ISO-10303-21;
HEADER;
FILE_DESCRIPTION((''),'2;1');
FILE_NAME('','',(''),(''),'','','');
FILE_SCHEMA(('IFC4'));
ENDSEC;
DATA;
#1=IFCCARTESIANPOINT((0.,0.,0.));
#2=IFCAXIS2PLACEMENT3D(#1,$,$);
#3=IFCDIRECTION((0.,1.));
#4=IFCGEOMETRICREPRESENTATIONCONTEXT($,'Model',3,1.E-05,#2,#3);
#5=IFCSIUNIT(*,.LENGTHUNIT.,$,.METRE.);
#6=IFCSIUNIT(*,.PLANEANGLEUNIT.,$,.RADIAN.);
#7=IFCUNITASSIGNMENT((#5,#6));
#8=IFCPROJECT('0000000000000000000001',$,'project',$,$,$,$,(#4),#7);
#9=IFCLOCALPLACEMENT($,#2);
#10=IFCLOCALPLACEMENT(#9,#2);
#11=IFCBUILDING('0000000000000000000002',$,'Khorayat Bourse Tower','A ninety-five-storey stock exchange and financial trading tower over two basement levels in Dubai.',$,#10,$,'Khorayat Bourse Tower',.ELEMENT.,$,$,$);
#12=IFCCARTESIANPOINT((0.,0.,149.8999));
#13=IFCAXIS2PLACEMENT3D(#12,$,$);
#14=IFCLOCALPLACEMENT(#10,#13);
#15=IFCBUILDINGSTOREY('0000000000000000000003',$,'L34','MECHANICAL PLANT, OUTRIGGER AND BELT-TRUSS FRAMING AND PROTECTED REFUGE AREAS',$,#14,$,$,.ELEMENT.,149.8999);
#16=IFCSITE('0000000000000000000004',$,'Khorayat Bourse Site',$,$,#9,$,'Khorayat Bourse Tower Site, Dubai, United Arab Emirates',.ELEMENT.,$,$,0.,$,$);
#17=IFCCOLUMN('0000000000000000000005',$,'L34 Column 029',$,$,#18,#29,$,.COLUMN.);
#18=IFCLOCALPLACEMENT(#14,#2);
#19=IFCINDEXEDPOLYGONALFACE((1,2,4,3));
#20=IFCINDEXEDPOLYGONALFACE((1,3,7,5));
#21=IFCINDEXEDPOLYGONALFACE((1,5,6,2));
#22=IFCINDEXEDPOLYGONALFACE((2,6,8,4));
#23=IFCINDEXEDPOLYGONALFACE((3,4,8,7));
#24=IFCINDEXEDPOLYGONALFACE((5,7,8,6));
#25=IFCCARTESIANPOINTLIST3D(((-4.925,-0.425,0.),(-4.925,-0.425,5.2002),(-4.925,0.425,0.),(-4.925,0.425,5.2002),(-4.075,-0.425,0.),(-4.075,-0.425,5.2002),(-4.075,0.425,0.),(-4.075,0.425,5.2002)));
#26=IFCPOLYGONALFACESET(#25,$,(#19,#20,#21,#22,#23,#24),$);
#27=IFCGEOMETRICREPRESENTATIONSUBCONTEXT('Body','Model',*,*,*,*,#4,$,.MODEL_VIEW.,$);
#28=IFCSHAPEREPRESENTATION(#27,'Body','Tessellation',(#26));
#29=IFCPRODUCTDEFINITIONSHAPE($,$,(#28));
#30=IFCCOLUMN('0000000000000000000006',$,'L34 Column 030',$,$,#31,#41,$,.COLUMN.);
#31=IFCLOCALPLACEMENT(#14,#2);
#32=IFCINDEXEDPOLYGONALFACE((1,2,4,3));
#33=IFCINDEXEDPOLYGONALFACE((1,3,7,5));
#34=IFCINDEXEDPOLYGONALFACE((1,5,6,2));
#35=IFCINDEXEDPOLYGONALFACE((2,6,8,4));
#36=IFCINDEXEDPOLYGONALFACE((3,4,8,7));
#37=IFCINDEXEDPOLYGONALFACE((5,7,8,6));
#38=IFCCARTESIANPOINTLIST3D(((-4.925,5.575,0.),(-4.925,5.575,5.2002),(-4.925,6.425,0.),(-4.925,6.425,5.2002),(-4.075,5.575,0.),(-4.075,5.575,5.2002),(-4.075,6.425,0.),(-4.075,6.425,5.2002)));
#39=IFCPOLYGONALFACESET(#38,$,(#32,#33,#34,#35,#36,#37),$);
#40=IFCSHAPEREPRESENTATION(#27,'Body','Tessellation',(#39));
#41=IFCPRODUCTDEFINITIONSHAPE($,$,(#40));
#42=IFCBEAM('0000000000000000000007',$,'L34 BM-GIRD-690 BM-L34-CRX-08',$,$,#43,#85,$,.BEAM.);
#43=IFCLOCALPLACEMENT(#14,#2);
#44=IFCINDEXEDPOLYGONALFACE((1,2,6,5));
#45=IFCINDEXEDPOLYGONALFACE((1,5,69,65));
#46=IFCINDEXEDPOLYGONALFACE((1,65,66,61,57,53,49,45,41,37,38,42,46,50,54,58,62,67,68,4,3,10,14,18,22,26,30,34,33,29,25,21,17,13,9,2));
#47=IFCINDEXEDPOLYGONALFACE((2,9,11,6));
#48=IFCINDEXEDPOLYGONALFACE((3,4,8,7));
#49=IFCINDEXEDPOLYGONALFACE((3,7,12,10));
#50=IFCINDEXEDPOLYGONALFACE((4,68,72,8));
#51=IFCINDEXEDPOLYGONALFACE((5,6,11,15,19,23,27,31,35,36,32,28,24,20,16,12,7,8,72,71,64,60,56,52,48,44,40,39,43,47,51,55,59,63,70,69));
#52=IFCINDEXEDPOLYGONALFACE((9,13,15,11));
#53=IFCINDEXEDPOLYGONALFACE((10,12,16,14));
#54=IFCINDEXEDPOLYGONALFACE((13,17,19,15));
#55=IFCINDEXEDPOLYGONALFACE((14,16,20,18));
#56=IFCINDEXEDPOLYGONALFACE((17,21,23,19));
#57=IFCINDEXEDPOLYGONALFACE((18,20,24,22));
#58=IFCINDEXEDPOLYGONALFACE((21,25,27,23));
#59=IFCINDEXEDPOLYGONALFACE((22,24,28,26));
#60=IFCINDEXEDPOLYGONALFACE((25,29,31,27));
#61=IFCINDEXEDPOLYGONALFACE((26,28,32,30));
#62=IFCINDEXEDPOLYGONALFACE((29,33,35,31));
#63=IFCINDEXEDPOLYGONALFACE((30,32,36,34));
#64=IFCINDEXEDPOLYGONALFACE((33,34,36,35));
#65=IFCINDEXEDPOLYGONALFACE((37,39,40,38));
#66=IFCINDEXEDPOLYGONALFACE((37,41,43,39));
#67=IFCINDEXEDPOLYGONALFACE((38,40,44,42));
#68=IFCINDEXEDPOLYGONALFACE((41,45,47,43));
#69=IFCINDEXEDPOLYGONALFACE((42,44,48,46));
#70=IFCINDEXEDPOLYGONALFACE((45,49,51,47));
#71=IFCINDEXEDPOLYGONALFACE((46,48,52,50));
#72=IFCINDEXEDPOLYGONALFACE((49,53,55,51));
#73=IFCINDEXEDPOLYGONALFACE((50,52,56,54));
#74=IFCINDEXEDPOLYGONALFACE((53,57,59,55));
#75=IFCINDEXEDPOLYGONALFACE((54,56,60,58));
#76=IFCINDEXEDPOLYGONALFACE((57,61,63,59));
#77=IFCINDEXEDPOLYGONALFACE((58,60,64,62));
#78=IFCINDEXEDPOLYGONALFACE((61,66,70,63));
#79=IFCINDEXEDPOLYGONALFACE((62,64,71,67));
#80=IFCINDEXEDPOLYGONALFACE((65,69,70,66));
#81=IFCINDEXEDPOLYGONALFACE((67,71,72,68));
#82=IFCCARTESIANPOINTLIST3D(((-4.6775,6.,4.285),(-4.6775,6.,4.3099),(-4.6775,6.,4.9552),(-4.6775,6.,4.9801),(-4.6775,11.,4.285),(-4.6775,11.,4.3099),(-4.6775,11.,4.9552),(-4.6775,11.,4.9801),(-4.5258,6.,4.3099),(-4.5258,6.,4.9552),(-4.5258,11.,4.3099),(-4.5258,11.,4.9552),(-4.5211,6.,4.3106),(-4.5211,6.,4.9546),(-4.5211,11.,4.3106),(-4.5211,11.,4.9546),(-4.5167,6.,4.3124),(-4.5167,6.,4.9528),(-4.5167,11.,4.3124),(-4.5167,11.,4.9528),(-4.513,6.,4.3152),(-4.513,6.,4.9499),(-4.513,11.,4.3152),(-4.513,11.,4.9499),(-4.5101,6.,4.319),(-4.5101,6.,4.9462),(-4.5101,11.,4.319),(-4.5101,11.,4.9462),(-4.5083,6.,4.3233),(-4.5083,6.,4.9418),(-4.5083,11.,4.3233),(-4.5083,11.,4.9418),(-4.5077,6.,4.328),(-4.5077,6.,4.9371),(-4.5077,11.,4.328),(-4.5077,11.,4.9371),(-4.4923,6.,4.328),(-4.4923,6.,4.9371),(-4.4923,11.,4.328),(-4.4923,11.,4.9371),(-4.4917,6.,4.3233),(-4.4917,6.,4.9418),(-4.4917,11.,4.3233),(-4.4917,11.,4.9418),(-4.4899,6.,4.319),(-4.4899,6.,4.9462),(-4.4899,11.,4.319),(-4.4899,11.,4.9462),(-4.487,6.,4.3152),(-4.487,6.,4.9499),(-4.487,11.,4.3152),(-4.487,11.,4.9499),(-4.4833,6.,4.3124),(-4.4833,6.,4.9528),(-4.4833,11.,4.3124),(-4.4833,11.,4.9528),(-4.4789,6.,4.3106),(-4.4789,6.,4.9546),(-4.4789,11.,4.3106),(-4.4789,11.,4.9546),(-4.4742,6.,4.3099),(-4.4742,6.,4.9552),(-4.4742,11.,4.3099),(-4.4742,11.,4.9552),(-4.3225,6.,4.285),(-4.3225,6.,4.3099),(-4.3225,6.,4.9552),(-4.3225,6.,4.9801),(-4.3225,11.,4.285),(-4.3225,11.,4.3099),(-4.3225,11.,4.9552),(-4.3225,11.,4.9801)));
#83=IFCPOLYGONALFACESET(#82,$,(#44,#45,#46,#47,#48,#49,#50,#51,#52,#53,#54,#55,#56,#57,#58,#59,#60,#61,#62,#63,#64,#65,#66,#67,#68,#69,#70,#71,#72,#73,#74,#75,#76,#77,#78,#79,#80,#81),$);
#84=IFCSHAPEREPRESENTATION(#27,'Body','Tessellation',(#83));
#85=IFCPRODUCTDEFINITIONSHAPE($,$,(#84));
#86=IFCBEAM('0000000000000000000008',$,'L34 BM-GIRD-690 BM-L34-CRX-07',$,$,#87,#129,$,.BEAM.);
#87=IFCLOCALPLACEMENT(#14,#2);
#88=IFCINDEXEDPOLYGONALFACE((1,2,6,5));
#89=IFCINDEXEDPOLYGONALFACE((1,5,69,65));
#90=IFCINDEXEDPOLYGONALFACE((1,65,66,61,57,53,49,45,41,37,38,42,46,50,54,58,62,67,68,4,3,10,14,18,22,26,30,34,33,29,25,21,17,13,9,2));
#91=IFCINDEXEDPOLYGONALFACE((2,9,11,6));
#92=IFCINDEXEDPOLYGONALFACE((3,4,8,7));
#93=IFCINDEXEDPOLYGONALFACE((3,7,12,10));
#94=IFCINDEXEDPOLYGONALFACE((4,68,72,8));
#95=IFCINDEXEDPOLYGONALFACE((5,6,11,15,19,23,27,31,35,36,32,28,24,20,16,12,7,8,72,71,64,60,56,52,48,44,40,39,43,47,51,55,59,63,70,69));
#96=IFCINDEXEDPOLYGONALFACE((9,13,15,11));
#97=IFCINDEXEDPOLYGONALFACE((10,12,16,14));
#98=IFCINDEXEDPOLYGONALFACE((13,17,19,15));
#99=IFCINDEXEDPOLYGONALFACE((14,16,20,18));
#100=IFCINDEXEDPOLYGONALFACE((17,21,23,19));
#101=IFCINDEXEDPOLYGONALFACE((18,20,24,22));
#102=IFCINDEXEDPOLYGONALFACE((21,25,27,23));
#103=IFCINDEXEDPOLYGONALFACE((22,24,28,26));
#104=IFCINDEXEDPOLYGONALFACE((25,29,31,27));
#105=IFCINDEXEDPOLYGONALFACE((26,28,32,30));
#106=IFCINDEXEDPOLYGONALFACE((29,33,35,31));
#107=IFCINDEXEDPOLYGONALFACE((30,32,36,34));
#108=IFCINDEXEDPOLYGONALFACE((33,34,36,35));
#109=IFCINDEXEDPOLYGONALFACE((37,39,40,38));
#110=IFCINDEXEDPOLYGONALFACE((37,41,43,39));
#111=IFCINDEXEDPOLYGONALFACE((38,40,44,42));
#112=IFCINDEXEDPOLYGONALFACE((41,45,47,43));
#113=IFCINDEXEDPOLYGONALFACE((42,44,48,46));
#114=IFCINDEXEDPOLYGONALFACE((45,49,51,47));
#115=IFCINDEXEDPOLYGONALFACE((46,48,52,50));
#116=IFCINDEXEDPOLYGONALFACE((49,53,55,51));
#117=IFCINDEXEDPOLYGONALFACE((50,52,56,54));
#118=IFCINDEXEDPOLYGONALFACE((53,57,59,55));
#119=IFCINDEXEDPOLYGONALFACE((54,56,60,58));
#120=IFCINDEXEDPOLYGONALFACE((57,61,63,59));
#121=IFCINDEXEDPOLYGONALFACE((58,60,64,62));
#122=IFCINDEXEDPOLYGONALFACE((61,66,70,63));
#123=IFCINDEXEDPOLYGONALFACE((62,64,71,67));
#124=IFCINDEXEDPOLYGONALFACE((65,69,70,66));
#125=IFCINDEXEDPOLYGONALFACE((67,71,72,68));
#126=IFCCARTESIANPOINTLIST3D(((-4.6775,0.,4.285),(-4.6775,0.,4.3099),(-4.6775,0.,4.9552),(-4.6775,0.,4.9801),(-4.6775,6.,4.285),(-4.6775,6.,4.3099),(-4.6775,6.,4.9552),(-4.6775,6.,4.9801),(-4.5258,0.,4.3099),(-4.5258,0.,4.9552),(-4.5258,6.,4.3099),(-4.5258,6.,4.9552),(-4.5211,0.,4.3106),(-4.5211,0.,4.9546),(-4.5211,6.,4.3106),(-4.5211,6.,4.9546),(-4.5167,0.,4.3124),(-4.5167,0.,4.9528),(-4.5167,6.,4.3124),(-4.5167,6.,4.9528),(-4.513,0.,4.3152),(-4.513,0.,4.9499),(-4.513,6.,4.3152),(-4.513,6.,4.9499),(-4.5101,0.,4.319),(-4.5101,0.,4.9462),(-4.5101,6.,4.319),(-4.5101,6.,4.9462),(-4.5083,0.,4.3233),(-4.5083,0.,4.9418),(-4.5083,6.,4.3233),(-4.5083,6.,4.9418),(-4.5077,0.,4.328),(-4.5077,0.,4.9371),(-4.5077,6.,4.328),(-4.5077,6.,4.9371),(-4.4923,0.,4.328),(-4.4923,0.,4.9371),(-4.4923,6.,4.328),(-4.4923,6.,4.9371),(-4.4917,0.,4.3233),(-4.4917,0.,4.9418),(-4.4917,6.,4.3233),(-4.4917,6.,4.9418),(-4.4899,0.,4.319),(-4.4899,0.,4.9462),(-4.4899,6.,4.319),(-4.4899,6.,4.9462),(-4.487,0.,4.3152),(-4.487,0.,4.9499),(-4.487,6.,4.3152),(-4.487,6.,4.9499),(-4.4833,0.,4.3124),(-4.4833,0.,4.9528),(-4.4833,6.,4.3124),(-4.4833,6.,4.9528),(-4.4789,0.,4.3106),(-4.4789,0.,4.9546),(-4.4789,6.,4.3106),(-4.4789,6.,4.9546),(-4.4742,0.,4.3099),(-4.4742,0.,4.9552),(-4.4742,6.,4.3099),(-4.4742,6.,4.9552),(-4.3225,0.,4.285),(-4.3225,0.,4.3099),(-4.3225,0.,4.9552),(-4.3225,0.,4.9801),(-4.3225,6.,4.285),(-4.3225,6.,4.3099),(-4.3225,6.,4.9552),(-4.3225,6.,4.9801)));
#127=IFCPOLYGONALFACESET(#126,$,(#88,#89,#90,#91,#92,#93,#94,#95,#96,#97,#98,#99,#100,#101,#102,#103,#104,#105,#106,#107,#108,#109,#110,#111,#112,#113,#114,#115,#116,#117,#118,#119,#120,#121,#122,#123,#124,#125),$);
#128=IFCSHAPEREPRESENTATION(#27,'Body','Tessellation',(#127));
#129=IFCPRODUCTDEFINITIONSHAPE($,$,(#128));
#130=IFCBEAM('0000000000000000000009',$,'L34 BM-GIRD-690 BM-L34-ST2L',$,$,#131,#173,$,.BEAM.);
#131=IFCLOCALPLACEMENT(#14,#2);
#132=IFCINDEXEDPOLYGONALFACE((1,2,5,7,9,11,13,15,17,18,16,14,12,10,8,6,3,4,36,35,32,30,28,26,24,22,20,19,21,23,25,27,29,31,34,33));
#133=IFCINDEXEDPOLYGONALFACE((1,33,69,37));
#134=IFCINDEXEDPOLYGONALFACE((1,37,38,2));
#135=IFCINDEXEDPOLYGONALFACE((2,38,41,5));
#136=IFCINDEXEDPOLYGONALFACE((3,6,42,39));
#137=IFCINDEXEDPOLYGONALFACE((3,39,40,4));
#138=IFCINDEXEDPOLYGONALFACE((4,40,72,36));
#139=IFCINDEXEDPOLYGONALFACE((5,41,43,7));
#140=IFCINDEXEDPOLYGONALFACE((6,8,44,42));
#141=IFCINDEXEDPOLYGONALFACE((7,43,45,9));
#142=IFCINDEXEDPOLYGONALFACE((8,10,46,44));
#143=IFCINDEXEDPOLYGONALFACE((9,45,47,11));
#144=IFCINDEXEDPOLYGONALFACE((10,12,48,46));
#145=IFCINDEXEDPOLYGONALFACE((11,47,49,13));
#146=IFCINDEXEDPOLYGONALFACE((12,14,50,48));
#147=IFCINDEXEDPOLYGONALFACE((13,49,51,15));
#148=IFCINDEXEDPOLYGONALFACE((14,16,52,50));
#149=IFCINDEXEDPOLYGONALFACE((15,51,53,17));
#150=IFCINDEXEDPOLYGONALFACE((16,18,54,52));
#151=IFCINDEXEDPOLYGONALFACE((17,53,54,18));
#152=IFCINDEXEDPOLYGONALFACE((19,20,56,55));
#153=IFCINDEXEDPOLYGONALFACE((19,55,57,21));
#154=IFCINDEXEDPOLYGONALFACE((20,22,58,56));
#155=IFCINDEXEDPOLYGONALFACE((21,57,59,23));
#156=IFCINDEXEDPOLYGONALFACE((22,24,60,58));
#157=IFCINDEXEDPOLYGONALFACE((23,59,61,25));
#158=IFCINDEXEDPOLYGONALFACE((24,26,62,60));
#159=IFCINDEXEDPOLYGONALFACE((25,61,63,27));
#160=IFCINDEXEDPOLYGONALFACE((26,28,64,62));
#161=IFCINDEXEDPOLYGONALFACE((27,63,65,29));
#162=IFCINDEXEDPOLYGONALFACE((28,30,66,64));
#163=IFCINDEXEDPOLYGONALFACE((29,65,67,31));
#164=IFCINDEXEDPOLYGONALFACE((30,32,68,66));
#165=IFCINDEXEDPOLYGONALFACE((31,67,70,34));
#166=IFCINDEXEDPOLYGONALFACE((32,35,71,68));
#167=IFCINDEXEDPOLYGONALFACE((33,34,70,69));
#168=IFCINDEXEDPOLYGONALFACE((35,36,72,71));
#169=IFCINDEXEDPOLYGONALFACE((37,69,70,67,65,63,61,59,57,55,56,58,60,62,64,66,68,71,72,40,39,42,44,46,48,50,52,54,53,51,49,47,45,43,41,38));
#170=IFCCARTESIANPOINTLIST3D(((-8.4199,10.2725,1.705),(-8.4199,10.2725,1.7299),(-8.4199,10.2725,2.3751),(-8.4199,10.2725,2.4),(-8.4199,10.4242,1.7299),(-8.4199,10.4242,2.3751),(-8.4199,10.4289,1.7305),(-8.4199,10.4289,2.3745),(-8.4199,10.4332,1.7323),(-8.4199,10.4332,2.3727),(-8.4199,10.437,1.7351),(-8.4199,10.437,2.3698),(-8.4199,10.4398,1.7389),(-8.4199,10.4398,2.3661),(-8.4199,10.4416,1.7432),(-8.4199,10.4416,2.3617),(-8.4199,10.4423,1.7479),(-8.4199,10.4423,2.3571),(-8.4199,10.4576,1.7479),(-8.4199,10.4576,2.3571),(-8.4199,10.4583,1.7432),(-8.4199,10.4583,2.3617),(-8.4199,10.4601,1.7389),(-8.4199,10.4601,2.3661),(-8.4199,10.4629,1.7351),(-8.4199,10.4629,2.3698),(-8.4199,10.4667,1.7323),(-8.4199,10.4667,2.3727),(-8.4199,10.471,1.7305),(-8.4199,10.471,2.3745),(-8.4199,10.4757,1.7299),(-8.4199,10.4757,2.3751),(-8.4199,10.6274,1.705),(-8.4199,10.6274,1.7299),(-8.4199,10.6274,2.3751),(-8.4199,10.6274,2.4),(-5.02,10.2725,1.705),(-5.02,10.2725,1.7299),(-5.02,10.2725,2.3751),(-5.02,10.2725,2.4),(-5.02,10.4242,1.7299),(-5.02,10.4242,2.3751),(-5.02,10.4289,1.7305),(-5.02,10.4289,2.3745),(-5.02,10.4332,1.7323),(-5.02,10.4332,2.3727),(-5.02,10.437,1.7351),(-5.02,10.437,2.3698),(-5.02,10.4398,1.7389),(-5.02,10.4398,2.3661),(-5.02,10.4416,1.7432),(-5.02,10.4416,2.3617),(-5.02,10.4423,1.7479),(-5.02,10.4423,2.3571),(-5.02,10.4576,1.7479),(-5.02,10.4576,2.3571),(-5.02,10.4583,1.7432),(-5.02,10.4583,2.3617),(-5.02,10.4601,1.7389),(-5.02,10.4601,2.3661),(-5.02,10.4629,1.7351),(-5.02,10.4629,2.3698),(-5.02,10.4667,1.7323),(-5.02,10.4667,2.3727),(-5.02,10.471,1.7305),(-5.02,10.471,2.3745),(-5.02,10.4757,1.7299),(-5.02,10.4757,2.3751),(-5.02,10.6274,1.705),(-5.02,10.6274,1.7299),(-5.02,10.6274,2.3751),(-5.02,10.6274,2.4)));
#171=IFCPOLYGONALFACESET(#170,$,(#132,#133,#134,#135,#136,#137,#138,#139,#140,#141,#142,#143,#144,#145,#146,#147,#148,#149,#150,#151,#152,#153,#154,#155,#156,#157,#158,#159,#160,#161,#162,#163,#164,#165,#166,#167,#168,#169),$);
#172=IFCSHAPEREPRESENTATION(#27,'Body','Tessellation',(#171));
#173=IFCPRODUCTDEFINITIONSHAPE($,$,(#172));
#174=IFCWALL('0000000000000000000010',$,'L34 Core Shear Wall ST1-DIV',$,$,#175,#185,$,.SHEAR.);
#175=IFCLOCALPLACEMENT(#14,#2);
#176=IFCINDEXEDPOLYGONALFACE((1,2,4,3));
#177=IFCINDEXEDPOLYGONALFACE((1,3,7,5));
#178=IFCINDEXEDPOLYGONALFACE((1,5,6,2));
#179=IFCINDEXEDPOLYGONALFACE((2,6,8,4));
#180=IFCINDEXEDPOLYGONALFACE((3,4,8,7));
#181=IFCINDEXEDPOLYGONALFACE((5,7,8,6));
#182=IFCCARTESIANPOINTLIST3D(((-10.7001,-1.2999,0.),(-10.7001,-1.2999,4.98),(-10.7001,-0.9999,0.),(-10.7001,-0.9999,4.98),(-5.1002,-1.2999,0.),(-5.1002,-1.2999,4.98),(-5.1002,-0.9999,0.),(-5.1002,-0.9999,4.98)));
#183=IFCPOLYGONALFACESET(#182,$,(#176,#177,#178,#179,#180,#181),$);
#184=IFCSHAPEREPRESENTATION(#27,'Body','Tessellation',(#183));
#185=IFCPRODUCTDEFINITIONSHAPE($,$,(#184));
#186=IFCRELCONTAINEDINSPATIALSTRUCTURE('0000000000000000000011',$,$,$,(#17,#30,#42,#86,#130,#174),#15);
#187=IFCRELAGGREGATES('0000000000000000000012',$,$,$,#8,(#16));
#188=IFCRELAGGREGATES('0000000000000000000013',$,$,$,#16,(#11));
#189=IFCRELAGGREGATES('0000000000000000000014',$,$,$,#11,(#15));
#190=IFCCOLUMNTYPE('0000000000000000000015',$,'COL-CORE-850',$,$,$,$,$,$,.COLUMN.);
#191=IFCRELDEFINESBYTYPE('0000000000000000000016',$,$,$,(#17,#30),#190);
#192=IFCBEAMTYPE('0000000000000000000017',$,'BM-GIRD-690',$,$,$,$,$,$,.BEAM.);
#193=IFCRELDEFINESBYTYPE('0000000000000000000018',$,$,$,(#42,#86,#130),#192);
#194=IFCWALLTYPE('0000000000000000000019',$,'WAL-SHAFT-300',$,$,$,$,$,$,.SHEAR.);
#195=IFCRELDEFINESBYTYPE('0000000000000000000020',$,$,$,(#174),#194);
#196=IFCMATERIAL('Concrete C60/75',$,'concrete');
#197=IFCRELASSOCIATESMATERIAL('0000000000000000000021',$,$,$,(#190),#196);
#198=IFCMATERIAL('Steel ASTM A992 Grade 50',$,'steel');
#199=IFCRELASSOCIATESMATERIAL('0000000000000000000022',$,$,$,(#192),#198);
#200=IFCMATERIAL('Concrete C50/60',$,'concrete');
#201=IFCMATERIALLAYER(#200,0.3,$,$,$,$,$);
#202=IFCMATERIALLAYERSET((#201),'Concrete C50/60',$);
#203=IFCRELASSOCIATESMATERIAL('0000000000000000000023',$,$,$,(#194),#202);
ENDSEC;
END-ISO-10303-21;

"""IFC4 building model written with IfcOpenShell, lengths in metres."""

from ifc_helpers import new_model, si_unit, direction, frame, frame_2d, origin, origin_2d, place, context, subcontext, project, spatial, rectangle, i_section, extrude, source, transform, mapped, material, layer, layer_set, material_profile, profile_set, type_object, element, save


model = new_model("IFC4")

# Units and contexts
model_context = context("Model", 3, precision=1e-05, world=origin(), true_north=direction((0.0, 1.0)))
body_context = subcontext(model_context, "Body", "Model", "MODEL_VIEW")
ifc_project = project(units=[si_unit("LENGTHUNIT", "METRE"), si_unit("PLANEANGLEUNIT", "RADIAN")], contexts=[model_context])

# Site, building, storey
site_placement = place(None, origin())
site = spatial("IfcSite", under=ifc_project, at=site_placement, Name="Khorayat Bourse Site", LongName="Khorayat Bourse Tower Site, Dubai, United Arab Emirates", CompositionType="ELEMENT", RefElevation=0.0)
building_placement = place(site_placement, origin())
building = spatial("IfcBuilding", under=site, at=building_placement, Name="Khorayat Bourse Tower", Description="A ninety-five-storey stock exchange and financial trading tower over two basement levels in Dubai.", LongName="Khorayat Bourse Tower", CompositionType="ELEMENT")
storey_placement = place(building_placement, frame((0.0, 0.0, 149.8999)))
storey = spatial("IfcBuildingStorey", under=building, at=storey_placement, Name="L34", Description="MECHANICAL PLANT, OUTRIGGER AND BELT-TRUSS FRAMING AND PROTECTED REFUGE AREAS", CompositionType="ELEMENT", Elevation=149.8999)

# Columns
ifc_material_1 = material(Name="Concrete C60/75", Category="concrete")
ifc_material_profile_1 = material_profile(ifc_material_1, rectangle(XDim=0.8501, YDim=0.8501, at=origin_2d()), Name="RC 850x850")
ifc_profile_set_1 = profile_set([ifc_material_profile_1], Name="Concrete C60/75")
column_type = type_object("IfcColumnType", Name="COL-CORE-850", PredefinedType="COLUMN", material=ifc_profile_set_1)
shared_shape_1 = source(origin(), body_context, "Body", "SweptSolid", [
    extrude(rectangle(XDim=0.8501, YDim=0.8501, at=origin_2d()), origin(), (0.0, 0.0, 1.0), 5.2002),
])
for number, where, z_axis, x_axis, name in (
    (1, (-4.5, 0.0, 0.0), (0.0, 0.0, 1.0), (1.0, 0.0, 0.0), "L34 Column 029"),
    (2, (-4.5, 6.0, 0.0), (0.0, 0.0, 1.0), (1.0, 0.0, 0.0), "L34 Column 030"),
):
    element("IfcColumn", number, at=place(storey_placement, frame(where, z_axis=z_axis, x_axis=x_axis)), inside=storey, type_object=column_type, Name=name, PredefinedType="COLUMN", context=body_context, shape_type="MappedRepresentation", body=[
        mapped(shared_shape_1, transform((0.0, 0.0, 0.0), scale=1.0)),
    ])

# Beams
ifc_material_2 = material(Name="Steel ASTM A992 Grade 50", Category="steel")
ifc_material_profile_2 = material_profile(ifc_material_2, i_section(OverallWidth=0.355, OverallDepth=0.6951, WebThickness=0.0154, FlangeThickness=0.0249, FilletRadius=0.0181, at=origin_2d()), Name="W690X217")
ifc_profile_set_2 = profile_set([ifc_material_profile_2], Name="Steel ASTM A992 Grade 50")
beam_type = type_object("IfcBeamType", Name="BM-GIRD-690", PredefinedType="BEAM", material=ifc_profile_set_2)
shared_shape_2 = source(origin(), body_context, "Body", "SweptSolid", [
    extrude(i_section(OverallWidth=0.355, OverallDepth=0.6951, WebThickness=0.0154, FlangeThickness=0.0249, FilletRadius=0.0181, at=origin_2d()), origin(), (0.0, 0.0, 1.0), 5.0),
])
beam_1_placement = place(storey_placement, frame((-4.5, 6.0, 4.6326), z_axis=(0.0, 1.0, 0.0), x_axis=(-1.0, 0.0, 0.0)))
element("IfcBeam", 3, at=beam_1_placement, inside=storey, type_object=beam_type, Name="L34 BM-GIRD-690 BM-L34-CRX-08", PredefinedType="BEAM", context=body_context, shape_type="MappedRepresentation", body=[
    mapped(shared_shape_2, transform((0.0, 0.0, 0.0), scale=1.0)),
])
shared_shape_3 = source(origin(), body_context, "Body", "SweptSolid", [
    extrude(i_section(OverallWidth=0.355, OverallDepth=0.6951, WebThickness=0.0154, FlangeThickness=0.0249, FilletRadius=0.0181, at=origin_2d()), origin(), (0.0, 0.0, 1.0), 6.0),
])
beam_2_placement = place(storey_placement, frame((-4.5, 0.0, 4.6326), z_axis=(0.0, 1.0, 0.0), x_axis=(-1.0, 0.0, 0.0)))
element("IfcBeam", 4, at=beam_2_placement, inside=storey, type_object=beam_type, Name="L34 BM-GIRD-690 BM-L34-CRX-07", PredefinedType="BEAM", context=body_context, shape_type="MappedRepresentation", body=[
    mapped(shared_shape_3, transform((0.0, 0.0, 0.0), scale=1.0)),
])
shared_shape_4 = source(origin(), body_context, "Body", "SweptSolid", [
    extrude(i_section(OverallWidth=0.355, OverallDepth=0.6951, WebThickness=0.0154, FlangeThickness=0.0249, FilletRadius=0.0181, at=origin_2d()), origin(), (0.0, 0.0, 1.0), 3.3999),
])
beam_3_placement = place(storey_placement, frame((-8.4199, 10.45, 2.0525), z_axis=(1.0, 0.0, 0.0), x_axis=(0.0, 1.0, 0.0)))
element("IfcBeam", 5, at=beam_3_placement, inside=storey, type_object=beam_type, Name="L34 BM-GIRD-690 BM-L34-ST2L", PredefinedType="BEAM", context=body_context, shape_type="MappedRepresentation", body=[
    mapped(shared_shape_4, transform((0.0, 0.0, 0.0), scale=1.0)),
])

# Wall
ifc_material_3 = material(Name="Concrete C50/60", Category="concrete")
ifc_layer_1 = layer(ifc_material_3, 0.3)
ifc_layer_set_1 = layer_set([ifc_layer_1], Name="Concrete C50/60")
wall_type_1 = type_object("IfcWallType", Name="WAL-SHAFT-300", PredefinedType="SHEAR", material=ifc_layer_set_1)
shared_shape_5 = source(origin(), body_context, "Body", "SweptSolid", [
    extrude(rectangle(XDim=5.5999, YDim=0.3, at=frame_2d((2.7998, 0.0))), origin(), (0.0, 0.0, 1.0), 4.98),
])
for number, where, z_axis, x_axis, name in (
    (6, (-10.7, -1.1499, 0.0), (0.0, 0.0, 1.0), (1.0, 0.0, 0.0), "L34 Core Shear Wall ST1-DIV"),
):
    element("IfcWall", number, at=place(storey_placement, frame(where, z_axis=z_axis, x_axis=x_axis)), inside=storey, type_object=wall_type_1, Name=name, PredefinedType="SHEAR", context=body_context, shape_type="MappedRepresentation", body=[
        mapped(shared_shape_5, transform((0.0, 0.0, 0.0), scale=1.0)),
    ])

save(model, "model.ifc")
